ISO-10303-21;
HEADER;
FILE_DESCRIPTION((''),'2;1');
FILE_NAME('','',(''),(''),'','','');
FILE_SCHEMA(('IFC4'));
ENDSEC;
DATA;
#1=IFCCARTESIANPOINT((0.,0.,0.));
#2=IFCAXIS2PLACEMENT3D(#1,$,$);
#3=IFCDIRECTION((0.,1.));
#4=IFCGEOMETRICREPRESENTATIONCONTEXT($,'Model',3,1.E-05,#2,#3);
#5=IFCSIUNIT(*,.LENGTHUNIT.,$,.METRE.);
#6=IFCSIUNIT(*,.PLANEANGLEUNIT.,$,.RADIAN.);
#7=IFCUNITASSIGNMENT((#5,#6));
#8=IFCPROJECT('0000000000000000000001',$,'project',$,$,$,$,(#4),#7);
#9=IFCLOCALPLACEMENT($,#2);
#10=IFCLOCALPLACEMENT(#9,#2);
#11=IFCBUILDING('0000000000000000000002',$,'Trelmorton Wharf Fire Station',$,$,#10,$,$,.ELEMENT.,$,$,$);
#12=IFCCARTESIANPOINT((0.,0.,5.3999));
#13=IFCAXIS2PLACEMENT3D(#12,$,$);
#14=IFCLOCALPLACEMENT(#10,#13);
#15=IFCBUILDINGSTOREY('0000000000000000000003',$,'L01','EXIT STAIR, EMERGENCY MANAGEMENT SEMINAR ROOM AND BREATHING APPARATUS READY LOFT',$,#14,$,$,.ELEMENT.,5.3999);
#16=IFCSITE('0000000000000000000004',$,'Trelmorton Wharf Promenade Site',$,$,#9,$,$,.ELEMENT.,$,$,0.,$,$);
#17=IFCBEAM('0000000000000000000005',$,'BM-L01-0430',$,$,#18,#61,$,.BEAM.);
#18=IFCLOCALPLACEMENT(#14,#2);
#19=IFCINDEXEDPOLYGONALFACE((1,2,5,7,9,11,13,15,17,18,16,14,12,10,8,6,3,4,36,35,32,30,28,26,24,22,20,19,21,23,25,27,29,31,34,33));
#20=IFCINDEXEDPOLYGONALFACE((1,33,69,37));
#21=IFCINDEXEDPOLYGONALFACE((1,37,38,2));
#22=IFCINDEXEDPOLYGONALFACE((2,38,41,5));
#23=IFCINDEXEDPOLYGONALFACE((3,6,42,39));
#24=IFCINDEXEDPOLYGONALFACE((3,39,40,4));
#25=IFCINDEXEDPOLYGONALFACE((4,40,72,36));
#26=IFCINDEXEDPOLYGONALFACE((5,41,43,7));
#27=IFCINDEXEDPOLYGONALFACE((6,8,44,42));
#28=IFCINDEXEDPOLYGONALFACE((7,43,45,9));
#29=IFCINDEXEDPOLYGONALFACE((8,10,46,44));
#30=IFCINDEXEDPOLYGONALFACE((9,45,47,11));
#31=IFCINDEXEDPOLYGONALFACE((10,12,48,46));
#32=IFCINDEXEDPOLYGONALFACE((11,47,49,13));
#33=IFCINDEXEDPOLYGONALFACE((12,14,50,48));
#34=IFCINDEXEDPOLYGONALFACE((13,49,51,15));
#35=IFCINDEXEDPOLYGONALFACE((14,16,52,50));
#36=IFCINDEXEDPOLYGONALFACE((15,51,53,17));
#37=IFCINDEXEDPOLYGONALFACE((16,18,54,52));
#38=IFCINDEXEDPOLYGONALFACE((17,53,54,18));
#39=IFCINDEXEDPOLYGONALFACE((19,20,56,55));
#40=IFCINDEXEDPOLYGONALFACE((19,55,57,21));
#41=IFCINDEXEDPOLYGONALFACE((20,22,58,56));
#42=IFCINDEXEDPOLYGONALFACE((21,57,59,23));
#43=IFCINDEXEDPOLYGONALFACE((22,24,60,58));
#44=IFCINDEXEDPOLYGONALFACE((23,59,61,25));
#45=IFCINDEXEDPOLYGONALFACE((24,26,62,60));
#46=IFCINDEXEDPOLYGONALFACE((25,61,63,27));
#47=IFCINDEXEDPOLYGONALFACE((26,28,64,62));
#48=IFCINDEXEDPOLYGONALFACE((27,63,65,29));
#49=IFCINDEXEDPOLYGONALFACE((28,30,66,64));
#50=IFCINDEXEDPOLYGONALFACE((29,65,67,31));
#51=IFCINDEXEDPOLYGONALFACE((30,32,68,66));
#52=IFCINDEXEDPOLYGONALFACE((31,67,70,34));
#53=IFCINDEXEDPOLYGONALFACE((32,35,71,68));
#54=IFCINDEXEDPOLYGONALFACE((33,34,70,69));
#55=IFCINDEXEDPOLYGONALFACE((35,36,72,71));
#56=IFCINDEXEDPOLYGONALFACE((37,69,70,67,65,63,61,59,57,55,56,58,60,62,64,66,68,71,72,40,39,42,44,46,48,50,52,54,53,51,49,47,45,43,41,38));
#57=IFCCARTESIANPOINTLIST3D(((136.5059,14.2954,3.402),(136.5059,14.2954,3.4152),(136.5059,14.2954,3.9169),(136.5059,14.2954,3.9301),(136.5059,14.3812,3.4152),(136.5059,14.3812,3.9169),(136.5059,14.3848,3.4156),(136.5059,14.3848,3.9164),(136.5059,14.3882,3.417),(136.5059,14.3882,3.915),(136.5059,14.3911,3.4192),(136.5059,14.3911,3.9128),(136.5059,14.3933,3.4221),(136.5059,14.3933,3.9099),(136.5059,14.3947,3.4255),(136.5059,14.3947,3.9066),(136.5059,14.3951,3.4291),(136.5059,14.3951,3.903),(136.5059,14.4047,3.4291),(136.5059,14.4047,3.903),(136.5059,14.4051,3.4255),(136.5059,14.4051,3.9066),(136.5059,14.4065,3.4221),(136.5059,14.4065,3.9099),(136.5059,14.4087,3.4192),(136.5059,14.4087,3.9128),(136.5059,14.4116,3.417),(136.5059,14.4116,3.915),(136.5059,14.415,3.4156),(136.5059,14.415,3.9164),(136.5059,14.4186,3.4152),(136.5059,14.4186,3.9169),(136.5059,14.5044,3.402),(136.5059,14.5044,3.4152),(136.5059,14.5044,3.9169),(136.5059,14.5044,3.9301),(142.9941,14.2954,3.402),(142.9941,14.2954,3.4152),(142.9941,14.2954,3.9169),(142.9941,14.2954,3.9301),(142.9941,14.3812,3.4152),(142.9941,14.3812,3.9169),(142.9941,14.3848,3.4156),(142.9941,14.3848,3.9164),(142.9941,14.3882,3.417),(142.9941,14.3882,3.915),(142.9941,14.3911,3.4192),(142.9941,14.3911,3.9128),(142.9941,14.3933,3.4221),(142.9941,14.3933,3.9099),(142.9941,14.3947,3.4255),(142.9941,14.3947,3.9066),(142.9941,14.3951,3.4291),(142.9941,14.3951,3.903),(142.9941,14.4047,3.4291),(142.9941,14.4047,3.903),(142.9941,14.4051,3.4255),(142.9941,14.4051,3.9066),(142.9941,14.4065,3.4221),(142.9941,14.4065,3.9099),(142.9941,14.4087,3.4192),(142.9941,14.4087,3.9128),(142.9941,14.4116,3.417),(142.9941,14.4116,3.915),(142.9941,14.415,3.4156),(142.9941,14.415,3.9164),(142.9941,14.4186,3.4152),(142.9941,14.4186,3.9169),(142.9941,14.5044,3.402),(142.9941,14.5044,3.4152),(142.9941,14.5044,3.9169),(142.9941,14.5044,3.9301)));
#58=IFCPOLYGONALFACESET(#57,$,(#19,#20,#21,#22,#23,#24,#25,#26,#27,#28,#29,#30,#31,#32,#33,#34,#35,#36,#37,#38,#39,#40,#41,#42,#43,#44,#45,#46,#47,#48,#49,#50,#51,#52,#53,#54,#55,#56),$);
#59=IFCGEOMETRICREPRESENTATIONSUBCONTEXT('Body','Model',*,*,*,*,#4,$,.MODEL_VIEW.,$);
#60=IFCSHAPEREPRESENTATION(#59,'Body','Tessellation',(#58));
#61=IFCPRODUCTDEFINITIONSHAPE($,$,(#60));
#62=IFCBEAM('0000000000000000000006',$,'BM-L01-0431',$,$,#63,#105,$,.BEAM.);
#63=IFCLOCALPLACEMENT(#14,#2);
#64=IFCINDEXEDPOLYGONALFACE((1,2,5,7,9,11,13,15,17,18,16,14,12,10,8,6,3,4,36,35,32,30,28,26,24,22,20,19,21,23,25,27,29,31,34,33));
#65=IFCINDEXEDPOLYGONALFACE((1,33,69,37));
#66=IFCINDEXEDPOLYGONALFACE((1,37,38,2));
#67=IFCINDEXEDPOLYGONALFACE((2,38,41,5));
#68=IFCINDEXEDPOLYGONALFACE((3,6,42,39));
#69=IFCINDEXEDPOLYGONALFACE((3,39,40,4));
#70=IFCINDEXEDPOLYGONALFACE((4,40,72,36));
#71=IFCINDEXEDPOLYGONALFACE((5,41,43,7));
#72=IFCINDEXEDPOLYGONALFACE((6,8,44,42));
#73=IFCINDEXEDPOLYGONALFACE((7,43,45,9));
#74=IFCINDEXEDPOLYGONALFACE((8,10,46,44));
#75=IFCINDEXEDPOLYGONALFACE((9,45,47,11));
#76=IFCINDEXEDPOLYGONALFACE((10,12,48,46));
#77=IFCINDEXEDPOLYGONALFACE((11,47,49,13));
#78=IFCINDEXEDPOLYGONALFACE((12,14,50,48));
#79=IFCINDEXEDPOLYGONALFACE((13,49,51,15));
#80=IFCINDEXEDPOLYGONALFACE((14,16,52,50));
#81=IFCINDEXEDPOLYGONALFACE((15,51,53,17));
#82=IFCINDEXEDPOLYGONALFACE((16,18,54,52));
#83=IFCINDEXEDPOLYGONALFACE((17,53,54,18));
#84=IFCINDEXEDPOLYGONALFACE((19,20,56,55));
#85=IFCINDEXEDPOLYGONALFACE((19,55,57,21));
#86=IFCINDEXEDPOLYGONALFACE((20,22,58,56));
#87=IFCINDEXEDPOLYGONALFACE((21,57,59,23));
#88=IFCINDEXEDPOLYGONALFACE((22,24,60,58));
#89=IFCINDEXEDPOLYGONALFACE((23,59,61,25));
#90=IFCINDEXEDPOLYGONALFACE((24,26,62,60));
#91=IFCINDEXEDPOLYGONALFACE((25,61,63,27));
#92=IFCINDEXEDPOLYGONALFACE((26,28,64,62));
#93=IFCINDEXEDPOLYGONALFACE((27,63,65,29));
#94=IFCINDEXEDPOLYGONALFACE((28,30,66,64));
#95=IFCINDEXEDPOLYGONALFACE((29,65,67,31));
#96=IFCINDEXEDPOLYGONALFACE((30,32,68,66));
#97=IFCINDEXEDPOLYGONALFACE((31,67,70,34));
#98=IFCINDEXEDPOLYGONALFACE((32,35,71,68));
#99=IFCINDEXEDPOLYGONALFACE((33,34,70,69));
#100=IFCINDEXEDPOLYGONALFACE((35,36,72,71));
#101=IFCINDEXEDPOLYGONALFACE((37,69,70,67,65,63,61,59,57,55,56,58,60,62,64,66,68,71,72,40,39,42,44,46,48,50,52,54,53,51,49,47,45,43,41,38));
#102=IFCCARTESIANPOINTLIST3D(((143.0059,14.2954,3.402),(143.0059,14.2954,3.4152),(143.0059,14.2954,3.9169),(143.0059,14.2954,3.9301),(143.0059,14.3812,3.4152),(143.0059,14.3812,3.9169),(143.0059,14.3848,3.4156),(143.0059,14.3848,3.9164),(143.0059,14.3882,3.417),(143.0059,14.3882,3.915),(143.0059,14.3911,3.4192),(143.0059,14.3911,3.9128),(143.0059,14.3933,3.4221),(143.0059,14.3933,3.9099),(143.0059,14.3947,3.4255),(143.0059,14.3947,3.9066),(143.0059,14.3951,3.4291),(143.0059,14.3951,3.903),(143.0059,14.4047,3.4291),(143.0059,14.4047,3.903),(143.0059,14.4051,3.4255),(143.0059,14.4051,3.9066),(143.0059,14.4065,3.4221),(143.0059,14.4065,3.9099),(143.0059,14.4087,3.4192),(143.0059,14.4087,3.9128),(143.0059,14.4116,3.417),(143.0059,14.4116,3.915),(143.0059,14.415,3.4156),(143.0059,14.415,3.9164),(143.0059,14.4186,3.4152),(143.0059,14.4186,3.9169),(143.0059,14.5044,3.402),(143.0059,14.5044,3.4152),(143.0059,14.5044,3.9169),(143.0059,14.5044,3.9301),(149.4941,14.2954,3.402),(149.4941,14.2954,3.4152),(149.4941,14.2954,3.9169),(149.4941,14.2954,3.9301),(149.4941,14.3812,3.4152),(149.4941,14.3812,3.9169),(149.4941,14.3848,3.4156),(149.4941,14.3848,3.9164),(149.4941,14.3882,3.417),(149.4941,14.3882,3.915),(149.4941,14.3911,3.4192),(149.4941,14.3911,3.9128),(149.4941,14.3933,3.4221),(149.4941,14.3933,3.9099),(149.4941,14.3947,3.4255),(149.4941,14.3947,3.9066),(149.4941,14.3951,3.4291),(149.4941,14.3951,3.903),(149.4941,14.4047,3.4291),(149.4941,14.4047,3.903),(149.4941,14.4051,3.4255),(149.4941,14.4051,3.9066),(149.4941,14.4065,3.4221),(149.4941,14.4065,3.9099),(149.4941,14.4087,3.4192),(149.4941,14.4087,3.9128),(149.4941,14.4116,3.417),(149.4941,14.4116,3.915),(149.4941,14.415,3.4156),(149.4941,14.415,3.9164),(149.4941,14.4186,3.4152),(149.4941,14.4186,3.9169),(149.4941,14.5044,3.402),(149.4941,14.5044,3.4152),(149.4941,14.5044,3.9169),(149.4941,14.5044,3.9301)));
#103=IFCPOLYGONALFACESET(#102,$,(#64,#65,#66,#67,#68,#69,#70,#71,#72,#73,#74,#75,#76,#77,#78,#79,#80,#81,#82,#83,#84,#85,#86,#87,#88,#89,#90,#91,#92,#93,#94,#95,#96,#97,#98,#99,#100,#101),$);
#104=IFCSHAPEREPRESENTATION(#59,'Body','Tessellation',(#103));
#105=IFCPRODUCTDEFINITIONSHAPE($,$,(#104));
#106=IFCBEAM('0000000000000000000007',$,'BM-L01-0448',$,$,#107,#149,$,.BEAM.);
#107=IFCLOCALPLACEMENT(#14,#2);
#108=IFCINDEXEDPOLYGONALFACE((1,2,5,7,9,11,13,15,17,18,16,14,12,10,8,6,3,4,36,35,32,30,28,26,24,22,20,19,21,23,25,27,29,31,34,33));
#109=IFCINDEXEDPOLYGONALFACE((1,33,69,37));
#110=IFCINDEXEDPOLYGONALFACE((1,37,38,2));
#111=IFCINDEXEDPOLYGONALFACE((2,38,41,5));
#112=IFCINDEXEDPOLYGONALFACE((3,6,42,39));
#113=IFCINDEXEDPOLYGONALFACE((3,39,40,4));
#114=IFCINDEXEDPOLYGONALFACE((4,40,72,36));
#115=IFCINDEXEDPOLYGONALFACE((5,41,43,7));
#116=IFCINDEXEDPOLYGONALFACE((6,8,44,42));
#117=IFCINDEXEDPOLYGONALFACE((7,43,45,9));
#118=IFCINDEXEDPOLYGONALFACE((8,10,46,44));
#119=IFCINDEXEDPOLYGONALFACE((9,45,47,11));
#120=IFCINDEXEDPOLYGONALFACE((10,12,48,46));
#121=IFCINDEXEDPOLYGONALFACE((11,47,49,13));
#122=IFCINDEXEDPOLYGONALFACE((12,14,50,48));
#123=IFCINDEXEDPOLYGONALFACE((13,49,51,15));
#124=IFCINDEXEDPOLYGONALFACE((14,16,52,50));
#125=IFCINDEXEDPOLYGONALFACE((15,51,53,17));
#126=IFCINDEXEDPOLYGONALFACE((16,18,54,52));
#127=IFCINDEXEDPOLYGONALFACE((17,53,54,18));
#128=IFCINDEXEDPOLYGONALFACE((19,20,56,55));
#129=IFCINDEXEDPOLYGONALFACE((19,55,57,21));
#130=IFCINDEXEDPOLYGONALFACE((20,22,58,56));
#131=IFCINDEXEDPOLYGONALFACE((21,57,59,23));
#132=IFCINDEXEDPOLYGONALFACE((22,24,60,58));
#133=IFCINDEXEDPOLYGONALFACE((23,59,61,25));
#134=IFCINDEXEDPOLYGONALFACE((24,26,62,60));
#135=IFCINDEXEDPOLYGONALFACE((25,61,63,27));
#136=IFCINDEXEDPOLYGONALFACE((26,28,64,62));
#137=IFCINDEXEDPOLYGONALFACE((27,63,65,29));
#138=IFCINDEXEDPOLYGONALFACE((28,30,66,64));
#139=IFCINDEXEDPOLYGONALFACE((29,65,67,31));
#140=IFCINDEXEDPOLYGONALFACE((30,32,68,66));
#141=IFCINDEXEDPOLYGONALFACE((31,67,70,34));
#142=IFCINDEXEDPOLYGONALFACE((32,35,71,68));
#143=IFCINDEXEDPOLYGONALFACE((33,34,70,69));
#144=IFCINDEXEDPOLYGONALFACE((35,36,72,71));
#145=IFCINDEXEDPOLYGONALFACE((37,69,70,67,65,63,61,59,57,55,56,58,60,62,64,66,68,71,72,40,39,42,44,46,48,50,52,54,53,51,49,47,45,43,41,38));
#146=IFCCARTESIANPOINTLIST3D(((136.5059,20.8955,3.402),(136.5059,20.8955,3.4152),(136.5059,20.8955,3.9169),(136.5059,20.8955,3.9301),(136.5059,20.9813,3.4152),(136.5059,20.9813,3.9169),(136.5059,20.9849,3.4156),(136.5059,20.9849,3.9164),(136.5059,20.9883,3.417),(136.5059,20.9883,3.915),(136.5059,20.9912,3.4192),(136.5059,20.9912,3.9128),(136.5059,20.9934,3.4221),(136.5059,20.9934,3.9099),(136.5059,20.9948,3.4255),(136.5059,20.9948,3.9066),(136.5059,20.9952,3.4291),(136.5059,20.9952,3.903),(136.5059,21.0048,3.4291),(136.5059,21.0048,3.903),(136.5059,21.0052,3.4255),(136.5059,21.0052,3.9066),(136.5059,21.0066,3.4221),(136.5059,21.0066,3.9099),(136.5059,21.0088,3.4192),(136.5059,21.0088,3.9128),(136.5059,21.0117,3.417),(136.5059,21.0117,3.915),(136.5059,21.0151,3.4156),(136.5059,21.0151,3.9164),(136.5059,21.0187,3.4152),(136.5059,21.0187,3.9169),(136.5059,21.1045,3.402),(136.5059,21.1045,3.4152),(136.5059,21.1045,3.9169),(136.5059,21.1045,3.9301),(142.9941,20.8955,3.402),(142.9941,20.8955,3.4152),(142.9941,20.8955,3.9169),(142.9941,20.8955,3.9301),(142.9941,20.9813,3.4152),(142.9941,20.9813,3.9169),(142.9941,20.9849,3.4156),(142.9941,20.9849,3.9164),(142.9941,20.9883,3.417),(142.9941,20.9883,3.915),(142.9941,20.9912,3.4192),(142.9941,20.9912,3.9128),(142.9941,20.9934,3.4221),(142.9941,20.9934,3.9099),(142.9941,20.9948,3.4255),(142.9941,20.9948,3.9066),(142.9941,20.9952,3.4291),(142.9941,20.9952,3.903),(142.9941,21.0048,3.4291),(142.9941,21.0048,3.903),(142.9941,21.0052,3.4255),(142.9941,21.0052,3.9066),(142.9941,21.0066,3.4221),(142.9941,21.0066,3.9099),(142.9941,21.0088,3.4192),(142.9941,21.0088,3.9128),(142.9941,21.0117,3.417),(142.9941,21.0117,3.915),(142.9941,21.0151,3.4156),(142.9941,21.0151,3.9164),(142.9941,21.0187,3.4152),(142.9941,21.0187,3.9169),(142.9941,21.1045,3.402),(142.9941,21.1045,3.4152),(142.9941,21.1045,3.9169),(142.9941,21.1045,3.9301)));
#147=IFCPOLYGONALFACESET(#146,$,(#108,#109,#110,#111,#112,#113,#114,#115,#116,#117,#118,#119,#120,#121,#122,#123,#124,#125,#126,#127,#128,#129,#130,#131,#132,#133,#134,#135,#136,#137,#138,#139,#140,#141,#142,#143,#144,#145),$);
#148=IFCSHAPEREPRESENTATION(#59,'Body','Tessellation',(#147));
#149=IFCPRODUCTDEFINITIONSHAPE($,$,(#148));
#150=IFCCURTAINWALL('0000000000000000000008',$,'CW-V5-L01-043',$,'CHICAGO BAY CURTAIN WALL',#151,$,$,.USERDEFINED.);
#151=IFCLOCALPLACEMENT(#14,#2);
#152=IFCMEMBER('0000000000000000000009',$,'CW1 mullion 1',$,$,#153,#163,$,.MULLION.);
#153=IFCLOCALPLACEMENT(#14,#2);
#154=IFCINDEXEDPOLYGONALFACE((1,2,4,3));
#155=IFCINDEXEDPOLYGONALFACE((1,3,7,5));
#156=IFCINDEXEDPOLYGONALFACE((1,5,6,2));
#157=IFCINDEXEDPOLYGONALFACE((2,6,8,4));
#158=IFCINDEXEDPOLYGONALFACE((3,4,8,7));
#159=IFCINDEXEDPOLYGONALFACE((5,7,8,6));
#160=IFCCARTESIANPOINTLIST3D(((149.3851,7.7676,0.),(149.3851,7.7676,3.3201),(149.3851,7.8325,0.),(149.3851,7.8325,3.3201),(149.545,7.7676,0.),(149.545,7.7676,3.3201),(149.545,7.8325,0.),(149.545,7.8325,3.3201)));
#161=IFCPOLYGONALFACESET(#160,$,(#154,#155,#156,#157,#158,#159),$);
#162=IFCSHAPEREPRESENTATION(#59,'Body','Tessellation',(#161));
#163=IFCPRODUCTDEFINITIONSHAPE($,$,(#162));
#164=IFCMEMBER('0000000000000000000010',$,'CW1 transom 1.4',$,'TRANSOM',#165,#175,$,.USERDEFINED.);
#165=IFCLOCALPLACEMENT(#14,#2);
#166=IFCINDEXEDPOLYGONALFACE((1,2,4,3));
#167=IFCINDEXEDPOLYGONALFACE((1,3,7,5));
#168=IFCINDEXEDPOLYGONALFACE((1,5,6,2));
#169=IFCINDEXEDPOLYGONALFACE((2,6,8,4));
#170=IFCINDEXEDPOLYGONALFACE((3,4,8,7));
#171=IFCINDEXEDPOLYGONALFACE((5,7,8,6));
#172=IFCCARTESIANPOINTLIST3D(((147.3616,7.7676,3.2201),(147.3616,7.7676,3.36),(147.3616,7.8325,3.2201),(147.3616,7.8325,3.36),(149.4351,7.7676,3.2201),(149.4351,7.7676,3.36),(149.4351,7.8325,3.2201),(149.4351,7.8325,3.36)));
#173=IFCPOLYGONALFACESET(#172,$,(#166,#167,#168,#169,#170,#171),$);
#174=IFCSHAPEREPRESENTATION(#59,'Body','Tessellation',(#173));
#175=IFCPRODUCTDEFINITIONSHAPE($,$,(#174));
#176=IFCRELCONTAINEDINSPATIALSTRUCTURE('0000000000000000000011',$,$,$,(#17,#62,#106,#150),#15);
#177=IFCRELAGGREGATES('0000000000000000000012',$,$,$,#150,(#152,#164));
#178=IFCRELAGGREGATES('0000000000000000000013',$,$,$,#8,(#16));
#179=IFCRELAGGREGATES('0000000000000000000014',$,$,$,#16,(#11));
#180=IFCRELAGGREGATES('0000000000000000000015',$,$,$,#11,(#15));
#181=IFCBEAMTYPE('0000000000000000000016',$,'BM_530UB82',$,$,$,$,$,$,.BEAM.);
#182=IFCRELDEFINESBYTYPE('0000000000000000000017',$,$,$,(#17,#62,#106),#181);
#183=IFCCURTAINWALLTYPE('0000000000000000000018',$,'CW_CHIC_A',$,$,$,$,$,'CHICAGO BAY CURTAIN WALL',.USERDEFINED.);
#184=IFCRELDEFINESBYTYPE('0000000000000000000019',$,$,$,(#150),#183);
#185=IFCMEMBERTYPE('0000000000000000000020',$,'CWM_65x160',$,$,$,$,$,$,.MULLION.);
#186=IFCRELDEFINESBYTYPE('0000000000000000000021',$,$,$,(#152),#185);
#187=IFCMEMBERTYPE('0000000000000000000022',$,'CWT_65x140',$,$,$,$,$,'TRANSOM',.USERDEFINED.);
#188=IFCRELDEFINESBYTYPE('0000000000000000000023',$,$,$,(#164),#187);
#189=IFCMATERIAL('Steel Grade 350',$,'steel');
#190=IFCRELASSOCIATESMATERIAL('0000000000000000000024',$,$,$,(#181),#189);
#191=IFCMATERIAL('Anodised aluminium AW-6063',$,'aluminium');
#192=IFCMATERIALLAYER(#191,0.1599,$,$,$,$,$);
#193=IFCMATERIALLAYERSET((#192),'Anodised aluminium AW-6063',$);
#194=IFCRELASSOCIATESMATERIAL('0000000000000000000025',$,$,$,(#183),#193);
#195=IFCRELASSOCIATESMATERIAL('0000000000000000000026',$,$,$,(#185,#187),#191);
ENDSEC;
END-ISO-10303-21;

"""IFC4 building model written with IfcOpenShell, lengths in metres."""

from ifc_helpers import new_model, si_unit, direction, frame, origin, origin_2d, place, context, subcontext, project, spatial, rectangle, i_section, extrude, material, layer, layer_set, material_profile, profile_set, type_object, element, aggregate, save


model = new_model("IFC4")

# Units and contexts
model_context = context("Model", 3, precision=1e-05, world=origin(), true_north=direction((0.0, 1.0)))
body_context = subcontext(model_context, "Body", "Model", "MODEL_VIEW")
ifc_project = project(units=[si_unit("LENGTHUNIT", "METRE"), si_unit("PLANEANGLEUNIT", "RADIAN")], contexts=[model_context])

# Site, building, storey
site_placement = place(None, origin())
site = spatial("IfcSite", under=ifc_project, at=site_placement, Name="Trelmorton Wharf Promenade Site", CompositionType="ELEMENT", RefElevation=0.0)
building_placement = place(site_placement, origin())
building = spatial("IfcBuilding", under=site, at=building_placement, Name="Trelmorton Wharf Fire Station", CompositionType="ELEMENT")
storey_placement = place(building_placement, frame((0.0, 0.0, 5.3999)))
storey = spatial("IfcBuildingStorey", under=building, at=storey_placement, Name="L01", Description="EXIT STAIR, EMERGENCY MANAGEMENT SEMINAR ROOM AND BREATHING APPARATUS READY LOFT", CompositionType="ELEMENT", Elevation=5.3999)

# Shared definitions
ifc_material_1 = material(Name="Steel Grade 350", Category="steel")

# Beams
ifc_material_profile_1 = material_profile(ifc_material_1, i_section(OverallWidth=0.209, OverallDepth=0.5281, WebThickness=0.0095, FlangeThickness=0.0132, FilletRadius=0.0139, at=origin_2d()), Name="530UB82.0")
ifc_profile_set_1 = profile_set([ifc_material_profile_1], Name="Steel Grade 350")
beam_type_1 = type_object("IfcBeamType", Name="BM_530UB82", PredefinedType="BEAM", material=ifc_profile_set_1)
for number, where, z_axis, x_axis, name in (
    (1, (136.5059, 14.3999, 3.666), (1.0, 0.0, 0.0), (0.0, 1.0, 0.0), "BM-L01-0430"),
    (2, (143.0059, 14.3999, 3.666), (1.0, 0.0, 0.0), (0.0, 1.0, 0.0), "BM-L01-0431"),
    (3, (136.5059, 21.0, 3.666), (1.0, 0.0, 0.0), (0.0, 1.0, 0.0), "BM-L01-0448"),
):
    element("IfcBeam", number, at=place(storey_placement, frame(where, z_axis=z_axis, x_axis=x_axis)), inside=storey, type_object=beam_type_1, Name=name, PredefinedType="BEAM", context=body_context, shape_type="SweptSolid", body=[
        extrude(i_section(OverallWidth=0.209, OverallDepth=0.5281, WebThickness=0.0095, FlangeThickness=0.0132, FilletRadius=0.0139, at=origin_2d()), origin(), (0.0, 0.0, 1.0), 6.4883),
    ])

# Curtain wall, members
ifc_material_2 = material(Name="Anodised aluminium AW-6063", Category="aluminium")
ifc_layer_1 = layer(ifc_material_2, 0.1599)
ifc_layer_set_1 = layer_set([ifc_layer_1], Name="Anodised aluminium AW-6063")
curtain_wall_type = type_object("IfcCurtainWallType", Name="CW_CHIC_A", ElementType="CHICAGO BAY CURTAIN WALL", PredefinedType="USERDEFINED", material=ifc_layer_set_1)
curtain_wall_placement = place(storey_placement, origin())
curtain_wall = element("IfcCurtainWall", 4, at=curtain_wall_placement, inside=storey, type_object=curtain_wall_type, Name="CW-V5-L01-043", ObjectType="CHICAGO BAY CURTAIN WALL", PredefinedType="USERDEFINED")
ifc_material_profile_2 = material_profile(ifc_material_2, rectangle(XDim=0.0649, YDim=0.1599, at=origin_2d()), Name="ALU-65x160")
ifc_profile_set_2 = profile_set([ifc_material_profile_2], Name="Anodised aluminium AW-6063")
member_type_1 = type_object("IfcMemberType", Name="CWM_65x160", PredefinedType="MULLION", material=ifc_profile_set_2)
member_1_placement = place(storey_placement, frame((149.4651, 7.8, 0.0), z_axis=(0.0, 0.0, 1.0), x_axis=(0.0, -1.0, 0.0)))
member_1 = element("IfcMember", 5, at=member_1_placement, type_object=member_type_1, Name="CW1 mullion 1", PredefinedType="MULLION", context=body_context, shape_type="SweptSolid", body=[
    extrude(rectangle(XDim=0.0649, YDim=0.1599, at=origin_2d()), origin(), (0.0, 0.0, 1.0), 3.3201),
])
ifc_material_profile_3 = material_profile(ifc_material_2, rectangle(XDim=0.0649, YDim=0.1399, at=origin_2d()), Name="ALU-65x140")
ifc_profile_set_3 = profile_set([ifc_material_profile_3], Name="Anodised aluminium AW-6063")
member_type_2 = type_object("IfcMemberType", Name="CWT_65x140", ElementType="TRANSOM", PredefinedType="USERDEFINED", material=ifc_profile_set_3)
member_2_placement = place(storey_placement, frame((149.4351, 7.8, 3.29), z_axis=(-1.0, 0.0, 0.0), x_axis=(0.0, -1.0, 0.0)))
member_2 = element("IfcMember", 6, at=member_2_placement, type_object=member_type_2, Name="CW1 transom 1.4", ObjectType="TRANSOM", PredefinedType="USERDEFINED", context=body_context, shape_type="SweptSolid", body=[
    extrude(rectangle(XDim=0.0649, YDim=0.1399, at=origin_2d()), origin(), (0.0, 0.0, 1.0), 2.0735),
])
aggregate(curtain_wall, [member_1, member_2])

save(model, "model.ifc")
